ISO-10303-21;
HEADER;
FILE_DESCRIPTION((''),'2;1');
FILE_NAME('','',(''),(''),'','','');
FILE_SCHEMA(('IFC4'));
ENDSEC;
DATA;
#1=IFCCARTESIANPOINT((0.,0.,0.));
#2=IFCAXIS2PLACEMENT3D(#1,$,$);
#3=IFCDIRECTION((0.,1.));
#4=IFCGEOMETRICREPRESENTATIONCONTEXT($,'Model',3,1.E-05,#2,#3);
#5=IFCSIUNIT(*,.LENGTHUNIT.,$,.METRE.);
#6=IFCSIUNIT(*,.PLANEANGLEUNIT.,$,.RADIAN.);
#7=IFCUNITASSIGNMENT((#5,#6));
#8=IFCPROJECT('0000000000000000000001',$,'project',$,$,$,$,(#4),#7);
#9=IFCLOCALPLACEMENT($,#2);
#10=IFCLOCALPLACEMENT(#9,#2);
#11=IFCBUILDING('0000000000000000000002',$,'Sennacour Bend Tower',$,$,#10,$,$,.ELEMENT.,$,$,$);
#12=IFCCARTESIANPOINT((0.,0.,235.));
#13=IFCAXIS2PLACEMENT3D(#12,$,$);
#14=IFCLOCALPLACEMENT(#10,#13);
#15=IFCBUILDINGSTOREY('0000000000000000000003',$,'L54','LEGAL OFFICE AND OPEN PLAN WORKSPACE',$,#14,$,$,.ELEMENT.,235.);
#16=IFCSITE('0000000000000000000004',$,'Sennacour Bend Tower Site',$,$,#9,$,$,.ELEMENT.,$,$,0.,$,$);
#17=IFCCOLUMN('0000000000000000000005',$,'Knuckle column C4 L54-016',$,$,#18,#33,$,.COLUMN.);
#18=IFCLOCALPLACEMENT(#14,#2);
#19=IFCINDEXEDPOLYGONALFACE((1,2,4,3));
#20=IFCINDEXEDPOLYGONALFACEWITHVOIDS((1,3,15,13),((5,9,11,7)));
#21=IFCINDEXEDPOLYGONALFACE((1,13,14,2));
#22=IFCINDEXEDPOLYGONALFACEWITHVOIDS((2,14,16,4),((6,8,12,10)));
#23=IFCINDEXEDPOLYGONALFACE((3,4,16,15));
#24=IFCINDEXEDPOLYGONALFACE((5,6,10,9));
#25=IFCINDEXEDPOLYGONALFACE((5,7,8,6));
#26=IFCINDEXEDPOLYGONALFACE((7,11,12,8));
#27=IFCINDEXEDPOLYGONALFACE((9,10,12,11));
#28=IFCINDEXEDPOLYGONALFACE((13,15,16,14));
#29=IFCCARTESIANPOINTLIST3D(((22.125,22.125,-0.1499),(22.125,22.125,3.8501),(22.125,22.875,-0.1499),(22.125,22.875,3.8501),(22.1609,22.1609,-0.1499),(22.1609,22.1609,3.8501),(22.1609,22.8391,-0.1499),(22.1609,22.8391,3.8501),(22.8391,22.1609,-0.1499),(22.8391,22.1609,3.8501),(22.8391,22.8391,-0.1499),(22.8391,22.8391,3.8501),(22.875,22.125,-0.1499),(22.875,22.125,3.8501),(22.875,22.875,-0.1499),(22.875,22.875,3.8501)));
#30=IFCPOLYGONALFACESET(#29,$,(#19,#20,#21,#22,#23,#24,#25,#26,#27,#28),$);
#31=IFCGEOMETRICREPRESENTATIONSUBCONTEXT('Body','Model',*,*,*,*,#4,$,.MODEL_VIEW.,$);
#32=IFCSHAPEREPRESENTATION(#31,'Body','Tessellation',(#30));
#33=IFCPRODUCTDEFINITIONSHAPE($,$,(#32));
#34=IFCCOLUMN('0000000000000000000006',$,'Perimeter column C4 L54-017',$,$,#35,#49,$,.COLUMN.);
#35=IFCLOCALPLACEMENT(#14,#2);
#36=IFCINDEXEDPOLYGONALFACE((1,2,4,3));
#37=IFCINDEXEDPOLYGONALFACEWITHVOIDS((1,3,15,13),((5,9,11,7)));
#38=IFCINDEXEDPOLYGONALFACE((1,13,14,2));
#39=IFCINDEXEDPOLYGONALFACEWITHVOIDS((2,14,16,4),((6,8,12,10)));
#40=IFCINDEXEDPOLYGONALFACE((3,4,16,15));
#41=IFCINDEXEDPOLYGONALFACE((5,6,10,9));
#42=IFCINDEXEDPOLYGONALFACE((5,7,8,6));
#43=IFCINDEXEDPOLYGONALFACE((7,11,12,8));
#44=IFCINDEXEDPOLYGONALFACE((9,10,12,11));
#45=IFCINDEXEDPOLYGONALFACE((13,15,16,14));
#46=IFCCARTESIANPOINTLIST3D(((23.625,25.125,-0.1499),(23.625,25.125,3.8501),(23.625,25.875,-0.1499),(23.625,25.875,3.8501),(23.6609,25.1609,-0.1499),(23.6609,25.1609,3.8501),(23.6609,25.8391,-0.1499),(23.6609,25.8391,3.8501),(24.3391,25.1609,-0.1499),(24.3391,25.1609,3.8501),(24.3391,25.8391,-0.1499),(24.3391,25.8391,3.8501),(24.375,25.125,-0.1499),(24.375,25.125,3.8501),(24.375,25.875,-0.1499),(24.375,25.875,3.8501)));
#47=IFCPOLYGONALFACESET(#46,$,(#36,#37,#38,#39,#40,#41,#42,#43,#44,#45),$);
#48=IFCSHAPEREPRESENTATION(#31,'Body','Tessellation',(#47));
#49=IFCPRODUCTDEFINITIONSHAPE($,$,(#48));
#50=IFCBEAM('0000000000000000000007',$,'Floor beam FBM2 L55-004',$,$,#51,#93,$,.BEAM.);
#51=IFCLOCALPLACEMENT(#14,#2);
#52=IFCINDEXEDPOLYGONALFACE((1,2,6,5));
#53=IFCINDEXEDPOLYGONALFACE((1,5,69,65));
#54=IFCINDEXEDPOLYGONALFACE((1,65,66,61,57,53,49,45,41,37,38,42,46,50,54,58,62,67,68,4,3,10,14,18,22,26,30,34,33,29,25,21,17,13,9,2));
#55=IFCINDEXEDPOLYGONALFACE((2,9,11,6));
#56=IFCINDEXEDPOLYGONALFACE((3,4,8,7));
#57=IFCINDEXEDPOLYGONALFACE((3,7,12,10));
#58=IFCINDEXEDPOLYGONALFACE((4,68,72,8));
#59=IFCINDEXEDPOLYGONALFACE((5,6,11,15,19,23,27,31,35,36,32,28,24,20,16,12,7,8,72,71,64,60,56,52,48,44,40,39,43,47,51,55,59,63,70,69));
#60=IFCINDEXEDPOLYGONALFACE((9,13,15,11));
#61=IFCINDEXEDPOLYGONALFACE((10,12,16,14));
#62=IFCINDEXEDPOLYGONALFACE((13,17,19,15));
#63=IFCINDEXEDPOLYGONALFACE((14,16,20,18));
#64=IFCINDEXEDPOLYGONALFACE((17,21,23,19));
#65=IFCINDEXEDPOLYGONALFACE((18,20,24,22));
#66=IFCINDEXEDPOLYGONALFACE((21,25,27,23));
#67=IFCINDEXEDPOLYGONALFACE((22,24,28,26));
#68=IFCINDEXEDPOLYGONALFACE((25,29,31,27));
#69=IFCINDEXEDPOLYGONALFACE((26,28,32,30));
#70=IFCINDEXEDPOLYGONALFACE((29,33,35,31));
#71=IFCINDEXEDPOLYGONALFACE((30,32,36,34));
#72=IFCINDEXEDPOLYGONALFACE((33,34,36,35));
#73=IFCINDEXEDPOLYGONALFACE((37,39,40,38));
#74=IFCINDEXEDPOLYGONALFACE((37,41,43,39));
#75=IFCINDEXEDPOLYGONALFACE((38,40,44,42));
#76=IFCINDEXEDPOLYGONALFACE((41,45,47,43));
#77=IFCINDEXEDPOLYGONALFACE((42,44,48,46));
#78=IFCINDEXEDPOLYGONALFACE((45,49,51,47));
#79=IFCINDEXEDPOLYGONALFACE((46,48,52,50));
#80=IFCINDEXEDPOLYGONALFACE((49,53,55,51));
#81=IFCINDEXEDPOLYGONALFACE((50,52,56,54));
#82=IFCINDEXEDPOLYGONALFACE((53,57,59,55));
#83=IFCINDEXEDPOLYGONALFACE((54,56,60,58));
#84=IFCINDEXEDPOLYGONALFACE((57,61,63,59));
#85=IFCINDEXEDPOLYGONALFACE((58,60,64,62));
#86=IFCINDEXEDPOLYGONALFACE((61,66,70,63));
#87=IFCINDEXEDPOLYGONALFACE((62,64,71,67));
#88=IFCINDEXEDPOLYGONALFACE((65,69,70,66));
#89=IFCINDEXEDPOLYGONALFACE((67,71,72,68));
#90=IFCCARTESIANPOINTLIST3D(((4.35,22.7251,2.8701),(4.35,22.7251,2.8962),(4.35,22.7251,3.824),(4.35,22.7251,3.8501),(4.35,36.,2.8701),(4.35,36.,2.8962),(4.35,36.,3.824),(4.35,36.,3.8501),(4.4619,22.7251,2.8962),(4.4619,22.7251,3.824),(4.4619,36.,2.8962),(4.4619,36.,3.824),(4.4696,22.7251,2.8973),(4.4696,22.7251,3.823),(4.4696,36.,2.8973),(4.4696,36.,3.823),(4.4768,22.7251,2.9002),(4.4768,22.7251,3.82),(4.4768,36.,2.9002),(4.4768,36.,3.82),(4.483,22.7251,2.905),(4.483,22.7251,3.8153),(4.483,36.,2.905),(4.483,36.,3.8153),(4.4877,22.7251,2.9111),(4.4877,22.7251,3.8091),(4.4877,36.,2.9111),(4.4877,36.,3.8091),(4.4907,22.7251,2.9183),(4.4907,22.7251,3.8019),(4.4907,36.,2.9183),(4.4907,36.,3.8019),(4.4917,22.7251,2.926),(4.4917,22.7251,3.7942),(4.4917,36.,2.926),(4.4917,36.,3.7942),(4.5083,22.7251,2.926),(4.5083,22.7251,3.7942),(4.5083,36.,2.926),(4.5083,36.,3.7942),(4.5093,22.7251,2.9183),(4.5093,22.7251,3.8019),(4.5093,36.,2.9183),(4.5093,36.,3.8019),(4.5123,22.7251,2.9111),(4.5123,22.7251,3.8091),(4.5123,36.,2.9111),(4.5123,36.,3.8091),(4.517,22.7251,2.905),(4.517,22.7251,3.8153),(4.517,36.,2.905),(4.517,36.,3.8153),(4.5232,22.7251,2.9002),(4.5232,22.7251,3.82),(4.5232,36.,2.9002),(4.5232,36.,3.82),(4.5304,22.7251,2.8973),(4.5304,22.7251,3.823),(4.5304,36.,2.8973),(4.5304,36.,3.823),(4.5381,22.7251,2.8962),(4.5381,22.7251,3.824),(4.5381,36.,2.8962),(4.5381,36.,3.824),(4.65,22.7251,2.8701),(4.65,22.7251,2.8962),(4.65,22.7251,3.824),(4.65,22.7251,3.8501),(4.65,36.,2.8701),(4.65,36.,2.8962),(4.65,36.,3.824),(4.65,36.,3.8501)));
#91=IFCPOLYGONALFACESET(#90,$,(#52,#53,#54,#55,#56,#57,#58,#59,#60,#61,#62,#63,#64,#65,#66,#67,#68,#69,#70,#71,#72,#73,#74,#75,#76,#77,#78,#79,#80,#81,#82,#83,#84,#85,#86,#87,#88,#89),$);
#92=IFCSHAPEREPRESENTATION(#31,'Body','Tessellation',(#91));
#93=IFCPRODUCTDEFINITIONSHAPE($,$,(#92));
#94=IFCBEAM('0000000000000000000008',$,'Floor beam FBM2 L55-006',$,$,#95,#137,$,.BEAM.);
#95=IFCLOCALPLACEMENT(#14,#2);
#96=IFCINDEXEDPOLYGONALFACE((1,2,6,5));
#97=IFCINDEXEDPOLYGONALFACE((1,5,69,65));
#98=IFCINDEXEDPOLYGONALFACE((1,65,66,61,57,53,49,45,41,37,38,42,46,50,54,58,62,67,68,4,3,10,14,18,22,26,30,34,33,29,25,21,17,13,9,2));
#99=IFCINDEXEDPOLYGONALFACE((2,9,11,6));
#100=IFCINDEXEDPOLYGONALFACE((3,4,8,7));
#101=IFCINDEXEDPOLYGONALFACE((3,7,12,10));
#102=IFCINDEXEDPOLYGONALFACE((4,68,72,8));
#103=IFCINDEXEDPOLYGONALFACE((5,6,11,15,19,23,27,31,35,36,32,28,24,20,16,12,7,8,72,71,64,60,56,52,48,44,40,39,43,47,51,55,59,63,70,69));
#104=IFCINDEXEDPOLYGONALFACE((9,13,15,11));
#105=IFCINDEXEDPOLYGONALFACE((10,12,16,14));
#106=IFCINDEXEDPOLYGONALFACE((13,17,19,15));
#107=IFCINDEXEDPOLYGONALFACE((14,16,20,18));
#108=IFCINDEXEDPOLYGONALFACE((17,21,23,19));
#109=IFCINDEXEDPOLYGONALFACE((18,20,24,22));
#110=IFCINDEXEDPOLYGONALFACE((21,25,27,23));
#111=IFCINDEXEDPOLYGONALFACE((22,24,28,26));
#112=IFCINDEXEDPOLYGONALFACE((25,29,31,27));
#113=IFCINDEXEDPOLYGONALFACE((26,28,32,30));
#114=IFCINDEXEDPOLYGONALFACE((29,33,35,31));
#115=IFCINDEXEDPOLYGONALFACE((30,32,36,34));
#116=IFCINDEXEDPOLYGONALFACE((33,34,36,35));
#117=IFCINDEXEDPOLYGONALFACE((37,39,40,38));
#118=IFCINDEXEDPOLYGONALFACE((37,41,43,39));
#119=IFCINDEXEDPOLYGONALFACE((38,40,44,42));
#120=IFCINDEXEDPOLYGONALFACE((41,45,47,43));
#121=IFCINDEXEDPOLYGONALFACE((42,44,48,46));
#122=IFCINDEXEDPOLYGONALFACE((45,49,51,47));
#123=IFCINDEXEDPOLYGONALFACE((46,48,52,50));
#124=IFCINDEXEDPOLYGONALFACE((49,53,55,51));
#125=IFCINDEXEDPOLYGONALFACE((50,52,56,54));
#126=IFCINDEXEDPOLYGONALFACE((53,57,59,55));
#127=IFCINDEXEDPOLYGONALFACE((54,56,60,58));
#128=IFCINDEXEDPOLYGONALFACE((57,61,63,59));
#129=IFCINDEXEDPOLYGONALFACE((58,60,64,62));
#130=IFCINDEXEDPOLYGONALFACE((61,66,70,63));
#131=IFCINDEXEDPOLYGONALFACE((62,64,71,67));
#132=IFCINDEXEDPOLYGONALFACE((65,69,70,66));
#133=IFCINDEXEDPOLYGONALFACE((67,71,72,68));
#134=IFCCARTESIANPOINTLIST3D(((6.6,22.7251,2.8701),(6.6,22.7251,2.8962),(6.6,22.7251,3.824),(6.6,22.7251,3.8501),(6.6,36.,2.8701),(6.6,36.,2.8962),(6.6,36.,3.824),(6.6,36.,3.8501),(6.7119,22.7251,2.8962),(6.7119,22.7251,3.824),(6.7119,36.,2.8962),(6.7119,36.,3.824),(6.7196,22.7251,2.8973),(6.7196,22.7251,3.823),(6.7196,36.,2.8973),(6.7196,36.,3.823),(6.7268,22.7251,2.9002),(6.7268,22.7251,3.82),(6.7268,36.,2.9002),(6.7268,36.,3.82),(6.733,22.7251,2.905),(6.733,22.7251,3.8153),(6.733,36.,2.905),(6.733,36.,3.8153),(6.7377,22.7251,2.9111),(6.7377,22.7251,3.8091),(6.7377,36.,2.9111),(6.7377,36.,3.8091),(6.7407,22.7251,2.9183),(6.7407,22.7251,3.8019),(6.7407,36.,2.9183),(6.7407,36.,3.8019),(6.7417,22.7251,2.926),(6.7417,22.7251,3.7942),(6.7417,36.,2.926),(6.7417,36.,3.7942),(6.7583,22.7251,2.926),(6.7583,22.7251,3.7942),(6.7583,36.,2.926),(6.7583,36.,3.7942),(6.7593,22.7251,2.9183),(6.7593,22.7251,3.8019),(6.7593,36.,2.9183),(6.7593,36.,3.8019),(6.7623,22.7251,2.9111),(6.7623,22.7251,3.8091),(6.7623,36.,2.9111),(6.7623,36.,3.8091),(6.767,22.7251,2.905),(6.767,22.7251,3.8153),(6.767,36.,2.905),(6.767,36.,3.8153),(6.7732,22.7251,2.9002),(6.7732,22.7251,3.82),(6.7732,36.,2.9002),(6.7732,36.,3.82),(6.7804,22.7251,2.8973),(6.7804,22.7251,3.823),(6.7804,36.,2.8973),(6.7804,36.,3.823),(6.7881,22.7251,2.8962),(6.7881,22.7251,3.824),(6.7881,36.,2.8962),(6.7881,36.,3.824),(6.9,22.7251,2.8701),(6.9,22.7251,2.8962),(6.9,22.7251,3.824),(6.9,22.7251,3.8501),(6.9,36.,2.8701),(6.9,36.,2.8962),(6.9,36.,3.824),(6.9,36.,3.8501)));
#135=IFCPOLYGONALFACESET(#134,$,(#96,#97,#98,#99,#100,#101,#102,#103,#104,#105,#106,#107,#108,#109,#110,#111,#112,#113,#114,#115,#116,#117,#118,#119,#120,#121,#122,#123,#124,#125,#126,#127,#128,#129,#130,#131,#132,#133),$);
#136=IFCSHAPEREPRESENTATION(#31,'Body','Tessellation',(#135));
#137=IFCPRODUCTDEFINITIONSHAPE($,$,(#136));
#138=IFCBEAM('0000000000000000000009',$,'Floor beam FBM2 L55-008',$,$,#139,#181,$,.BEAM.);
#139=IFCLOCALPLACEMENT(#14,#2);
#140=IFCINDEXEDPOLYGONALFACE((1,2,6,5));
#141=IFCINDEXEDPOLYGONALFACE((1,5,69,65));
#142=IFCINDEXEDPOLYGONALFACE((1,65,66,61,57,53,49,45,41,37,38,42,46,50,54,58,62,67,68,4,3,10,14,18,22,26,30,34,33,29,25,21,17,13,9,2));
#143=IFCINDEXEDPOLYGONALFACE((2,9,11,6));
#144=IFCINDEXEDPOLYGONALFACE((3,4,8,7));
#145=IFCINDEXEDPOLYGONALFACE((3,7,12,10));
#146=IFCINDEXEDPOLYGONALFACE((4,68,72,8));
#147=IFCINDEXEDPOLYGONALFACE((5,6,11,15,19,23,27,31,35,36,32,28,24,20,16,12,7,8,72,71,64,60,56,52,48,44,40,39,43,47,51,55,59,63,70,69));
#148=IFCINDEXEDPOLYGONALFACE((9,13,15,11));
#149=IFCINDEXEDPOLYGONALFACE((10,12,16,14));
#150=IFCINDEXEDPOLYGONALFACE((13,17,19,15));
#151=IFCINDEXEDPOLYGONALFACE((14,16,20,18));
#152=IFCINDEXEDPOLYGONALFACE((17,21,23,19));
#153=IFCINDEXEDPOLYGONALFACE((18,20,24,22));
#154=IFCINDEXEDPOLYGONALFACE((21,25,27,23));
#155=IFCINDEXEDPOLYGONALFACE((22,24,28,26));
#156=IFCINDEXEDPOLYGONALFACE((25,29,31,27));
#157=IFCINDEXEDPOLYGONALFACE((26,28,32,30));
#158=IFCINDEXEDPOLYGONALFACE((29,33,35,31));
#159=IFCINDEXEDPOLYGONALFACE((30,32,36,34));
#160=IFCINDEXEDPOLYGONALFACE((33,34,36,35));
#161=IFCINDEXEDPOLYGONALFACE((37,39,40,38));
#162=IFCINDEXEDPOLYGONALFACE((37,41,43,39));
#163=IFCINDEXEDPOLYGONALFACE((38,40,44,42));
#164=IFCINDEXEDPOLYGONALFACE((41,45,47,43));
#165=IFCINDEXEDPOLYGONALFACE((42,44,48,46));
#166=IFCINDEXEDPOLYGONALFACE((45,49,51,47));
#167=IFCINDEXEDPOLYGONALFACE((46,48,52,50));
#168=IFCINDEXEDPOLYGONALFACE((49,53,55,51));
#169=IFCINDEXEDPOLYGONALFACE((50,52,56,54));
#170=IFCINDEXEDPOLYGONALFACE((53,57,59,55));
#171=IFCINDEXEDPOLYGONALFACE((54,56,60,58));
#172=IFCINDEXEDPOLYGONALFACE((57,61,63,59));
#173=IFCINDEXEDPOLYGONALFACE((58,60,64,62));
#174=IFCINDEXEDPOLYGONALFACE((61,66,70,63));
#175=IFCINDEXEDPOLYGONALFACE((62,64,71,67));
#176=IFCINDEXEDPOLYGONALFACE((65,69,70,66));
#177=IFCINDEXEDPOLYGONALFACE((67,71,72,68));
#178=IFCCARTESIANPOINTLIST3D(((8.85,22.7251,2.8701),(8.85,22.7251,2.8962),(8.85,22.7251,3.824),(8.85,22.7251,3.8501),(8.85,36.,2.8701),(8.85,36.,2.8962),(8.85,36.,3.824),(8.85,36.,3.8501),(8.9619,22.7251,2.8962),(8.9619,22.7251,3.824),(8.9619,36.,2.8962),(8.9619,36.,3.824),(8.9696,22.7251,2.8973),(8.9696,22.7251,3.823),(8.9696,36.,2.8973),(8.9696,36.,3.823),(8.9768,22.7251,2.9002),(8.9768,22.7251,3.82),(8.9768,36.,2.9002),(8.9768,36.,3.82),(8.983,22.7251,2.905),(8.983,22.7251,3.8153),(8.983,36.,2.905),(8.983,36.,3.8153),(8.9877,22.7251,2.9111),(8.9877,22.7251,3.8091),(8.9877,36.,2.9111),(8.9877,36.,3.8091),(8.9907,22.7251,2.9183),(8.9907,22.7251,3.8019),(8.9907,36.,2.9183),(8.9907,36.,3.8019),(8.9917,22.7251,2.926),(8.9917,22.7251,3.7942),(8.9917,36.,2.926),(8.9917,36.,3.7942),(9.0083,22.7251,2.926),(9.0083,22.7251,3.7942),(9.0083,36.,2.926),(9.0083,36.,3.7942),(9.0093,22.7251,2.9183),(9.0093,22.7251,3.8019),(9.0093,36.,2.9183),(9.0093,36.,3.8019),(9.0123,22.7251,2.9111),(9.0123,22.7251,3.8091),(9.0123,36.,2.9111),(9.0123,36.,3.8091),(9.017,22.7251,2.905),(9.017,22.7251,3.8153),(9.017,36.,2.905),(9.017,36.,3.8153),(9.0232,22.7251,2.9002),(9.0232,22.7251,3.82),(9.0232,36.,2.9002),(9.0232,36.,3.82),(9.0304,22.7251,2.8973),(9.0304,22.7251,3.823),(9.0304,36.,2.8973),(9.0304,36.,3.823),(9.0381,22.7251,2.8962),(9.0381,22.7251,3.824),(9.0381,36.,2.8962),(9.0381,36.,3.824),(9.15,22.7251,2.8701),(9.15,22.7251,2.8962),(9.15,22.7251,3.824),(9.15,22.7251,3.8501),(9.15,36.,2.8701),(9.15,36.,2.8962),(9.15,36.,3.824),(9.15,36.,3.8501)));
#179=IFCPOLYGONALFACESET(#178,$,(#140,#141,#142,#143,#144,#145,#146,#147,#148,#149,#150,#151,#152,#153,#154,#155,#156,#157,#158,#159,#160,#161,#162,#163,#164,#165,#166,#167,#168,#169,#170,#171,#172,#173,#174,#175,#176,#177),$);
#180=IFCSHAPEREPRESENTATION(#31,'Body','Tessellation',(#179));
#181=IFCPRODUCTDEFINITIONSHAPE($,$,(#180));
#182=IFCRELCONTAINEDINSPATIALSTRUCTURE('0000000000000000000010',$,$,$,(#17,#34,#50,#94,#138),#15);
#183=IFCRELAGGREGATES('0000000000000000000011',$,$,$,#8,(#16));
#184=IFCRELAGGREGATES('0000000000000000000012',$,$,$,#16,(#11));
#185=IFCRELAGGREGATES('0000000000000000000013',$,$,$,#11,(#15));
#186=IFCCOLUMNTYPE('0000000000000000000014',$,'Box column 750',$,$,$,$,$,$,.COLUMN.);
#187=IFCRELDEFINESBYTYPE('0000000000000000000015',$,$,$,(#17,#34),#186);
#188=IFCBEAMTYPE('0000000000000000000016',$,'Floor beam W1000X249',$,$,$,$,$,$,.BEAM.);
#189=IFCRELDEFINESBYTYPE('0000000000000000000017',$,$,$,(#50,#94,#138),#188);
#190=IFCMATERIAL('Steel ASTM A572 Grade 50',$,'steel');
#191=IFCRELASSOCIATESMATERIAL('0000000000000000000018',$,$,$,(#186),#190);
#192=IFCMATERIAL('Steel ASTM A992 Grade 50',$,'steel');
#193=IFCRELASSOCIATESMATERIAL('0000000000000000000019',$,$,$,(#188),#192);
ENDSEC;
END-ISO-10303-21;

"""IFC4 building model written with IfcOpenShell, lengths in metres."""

from ifc_helpers import new_model, si_unit, direction, frame, origin, origin_2d, place, context, subcontext, project, spatial, hollow_rectangle, i_section, extrude, material, material_profile, profile_set, type_object, element, save


model = new_model("IFC4")

# Units and contexts
model_context = context("Model", 3, precision=1e-05, world=origin(), true_north=direction((0.0, 1.0)))
body_context = subcontext(model_context, "Body", "Model", "MODEL_VIEW")
ifc_project = project(units=[si_unit("LENGTHUNIT", "METRE"), si_unit("PLANEANGLEUNIT", "RADIAN")], contexts=[model_context])

# Site, building, storey
site_placement = place(None, origin())
site = spatial("IfcSite", under=ifc_project, at=site_placement, Name="Sennacour Bend Tower Site", CompositionType="ELEMENT", RefElevation=0.0)
building_placement = place(site_placement, origin())
building = spatial("IfcBuilding", under=site, at=building_placement, Name="Sennacour Bend Tower", CompositionType="ELEMENT")
storey_placement = place(building_placement, frame((0.0, 0.0, 235.0)))
storey = spatial("IfcBuildingStorey", under=building, at=storey_placement, Name="L54", Description="LEGAL OFFICE AND OPEN PLAN WORKSPACE", CompositionType="ELEMENT", Elevation=235.0)

# Columns
ifc_material_1 = material(Name="Steel ASTM A572 Grade 50", Category="steel")
ifc_material_profile_1 = material_profile(ifc_material_1, hollow_rectangle(XDim=0.75, YDim=0.75, WallThickness=0.0359, at=origin_2d()), Name="Steel ASTM A572 Grade 50", Category="steel")
ifc_profile_set_1 = profile_set([ifc_material_profile_1], Name="Steel ASTM A572 Grade 50")
column_type = type_object("IfcColumnType", Name="Box column 750", PredefinedType="COLUMN", material=ifc_profile_set_1)
for number, where, z_axis, x_axis, name in (
    (1, (22.5, 22.5, -0.1499), (0.0, 0.0, 1.0), (1.0, 0.0, 0.0), "Knuckle column C4 L54-016"),
    (2, (24.0, 25.5, -0.1499), (0.0, 0.0, 1.0), (1.0, 0.0, 0.0), "Perimeter column C4 L54-017"),
):
    element("IfcColumn", number, at=place(storey_placement, frame(where, z_axis=z_axis, x_axis=x_axis)), inside=storey, type_object=column_type, Name=name, PredefinedType="COLUMN", context=body_context, shape_type="SweptSolid", body=[
        extrude(hollow_rectangle(XDim=0.75, YDim=0.75, WallThickness=0.0359, at=origin_2d()), origin(), (0.0, 0.0, 1.0), 4.0),
    ])

# Beams
ifc_material_2 = material(Name="Steel ASTM A992 Grade 50", Category="steel")
ifc_material_profile_2 = material_profile(ifc_material_2, i_section(OverallWidth=0.3, OverallDepth=0.98, WebThickness=0.0166, FlangeThickness=0.0261, FilletRadius=0.0298, at=origin_2d()), Name="Steel ASTM A992 Grade 50", Category="steel")
ifc_profile_set_2 = profile_set([ifc_material_profile_2], Name="Steel ASTM A992 Grade 50")
beam_type_1 = type_object("IfcBeamType", Name="Floor beam W1000X249", PredefinedType="BEAM", material=ifc_profile_set_2)
for number, where, z_axis, x_axis, name in (
    (3, (4.5, 22.7251, 3.3601), (0.0, 1.0, 0.0), (-1.0, 0.0, 0.0), "Floor beam FBM2 L55-004"),
    (4, (6.75, 22.7251, 3.3601), (0.0, 1.0, 0.0), (-1.0, 0.0, 0.0), "Floor beam FBM2 L55-006"),
    (5, (9.0, 22.7251, 3.3601), (0.0, 1.0, 0.0), (-1.0, 0.0, 0.0), "Floor beam FBM2 L55-008"),
):
    element("IfcBeam", number, at=place(storey_placement, frame(where, z_axis=z_axis, x_axis=x_axis)), inside=storey, type_object=beam_type_1, Name=name, PredefinedType="BEAM", context=body_context, shape_type="SweptSolid", body=[
        extrude(i_section(OverallWidth=0.3, OverallDepth=0.98, WebThickness=0.0166, FlangeThickness=0.0261, FilletRadius=0.0298, at=origin_2d()), origin(), (0.0, 0.0, 1.0), 13.2749),
    ])

save(model, "model.ifc")
